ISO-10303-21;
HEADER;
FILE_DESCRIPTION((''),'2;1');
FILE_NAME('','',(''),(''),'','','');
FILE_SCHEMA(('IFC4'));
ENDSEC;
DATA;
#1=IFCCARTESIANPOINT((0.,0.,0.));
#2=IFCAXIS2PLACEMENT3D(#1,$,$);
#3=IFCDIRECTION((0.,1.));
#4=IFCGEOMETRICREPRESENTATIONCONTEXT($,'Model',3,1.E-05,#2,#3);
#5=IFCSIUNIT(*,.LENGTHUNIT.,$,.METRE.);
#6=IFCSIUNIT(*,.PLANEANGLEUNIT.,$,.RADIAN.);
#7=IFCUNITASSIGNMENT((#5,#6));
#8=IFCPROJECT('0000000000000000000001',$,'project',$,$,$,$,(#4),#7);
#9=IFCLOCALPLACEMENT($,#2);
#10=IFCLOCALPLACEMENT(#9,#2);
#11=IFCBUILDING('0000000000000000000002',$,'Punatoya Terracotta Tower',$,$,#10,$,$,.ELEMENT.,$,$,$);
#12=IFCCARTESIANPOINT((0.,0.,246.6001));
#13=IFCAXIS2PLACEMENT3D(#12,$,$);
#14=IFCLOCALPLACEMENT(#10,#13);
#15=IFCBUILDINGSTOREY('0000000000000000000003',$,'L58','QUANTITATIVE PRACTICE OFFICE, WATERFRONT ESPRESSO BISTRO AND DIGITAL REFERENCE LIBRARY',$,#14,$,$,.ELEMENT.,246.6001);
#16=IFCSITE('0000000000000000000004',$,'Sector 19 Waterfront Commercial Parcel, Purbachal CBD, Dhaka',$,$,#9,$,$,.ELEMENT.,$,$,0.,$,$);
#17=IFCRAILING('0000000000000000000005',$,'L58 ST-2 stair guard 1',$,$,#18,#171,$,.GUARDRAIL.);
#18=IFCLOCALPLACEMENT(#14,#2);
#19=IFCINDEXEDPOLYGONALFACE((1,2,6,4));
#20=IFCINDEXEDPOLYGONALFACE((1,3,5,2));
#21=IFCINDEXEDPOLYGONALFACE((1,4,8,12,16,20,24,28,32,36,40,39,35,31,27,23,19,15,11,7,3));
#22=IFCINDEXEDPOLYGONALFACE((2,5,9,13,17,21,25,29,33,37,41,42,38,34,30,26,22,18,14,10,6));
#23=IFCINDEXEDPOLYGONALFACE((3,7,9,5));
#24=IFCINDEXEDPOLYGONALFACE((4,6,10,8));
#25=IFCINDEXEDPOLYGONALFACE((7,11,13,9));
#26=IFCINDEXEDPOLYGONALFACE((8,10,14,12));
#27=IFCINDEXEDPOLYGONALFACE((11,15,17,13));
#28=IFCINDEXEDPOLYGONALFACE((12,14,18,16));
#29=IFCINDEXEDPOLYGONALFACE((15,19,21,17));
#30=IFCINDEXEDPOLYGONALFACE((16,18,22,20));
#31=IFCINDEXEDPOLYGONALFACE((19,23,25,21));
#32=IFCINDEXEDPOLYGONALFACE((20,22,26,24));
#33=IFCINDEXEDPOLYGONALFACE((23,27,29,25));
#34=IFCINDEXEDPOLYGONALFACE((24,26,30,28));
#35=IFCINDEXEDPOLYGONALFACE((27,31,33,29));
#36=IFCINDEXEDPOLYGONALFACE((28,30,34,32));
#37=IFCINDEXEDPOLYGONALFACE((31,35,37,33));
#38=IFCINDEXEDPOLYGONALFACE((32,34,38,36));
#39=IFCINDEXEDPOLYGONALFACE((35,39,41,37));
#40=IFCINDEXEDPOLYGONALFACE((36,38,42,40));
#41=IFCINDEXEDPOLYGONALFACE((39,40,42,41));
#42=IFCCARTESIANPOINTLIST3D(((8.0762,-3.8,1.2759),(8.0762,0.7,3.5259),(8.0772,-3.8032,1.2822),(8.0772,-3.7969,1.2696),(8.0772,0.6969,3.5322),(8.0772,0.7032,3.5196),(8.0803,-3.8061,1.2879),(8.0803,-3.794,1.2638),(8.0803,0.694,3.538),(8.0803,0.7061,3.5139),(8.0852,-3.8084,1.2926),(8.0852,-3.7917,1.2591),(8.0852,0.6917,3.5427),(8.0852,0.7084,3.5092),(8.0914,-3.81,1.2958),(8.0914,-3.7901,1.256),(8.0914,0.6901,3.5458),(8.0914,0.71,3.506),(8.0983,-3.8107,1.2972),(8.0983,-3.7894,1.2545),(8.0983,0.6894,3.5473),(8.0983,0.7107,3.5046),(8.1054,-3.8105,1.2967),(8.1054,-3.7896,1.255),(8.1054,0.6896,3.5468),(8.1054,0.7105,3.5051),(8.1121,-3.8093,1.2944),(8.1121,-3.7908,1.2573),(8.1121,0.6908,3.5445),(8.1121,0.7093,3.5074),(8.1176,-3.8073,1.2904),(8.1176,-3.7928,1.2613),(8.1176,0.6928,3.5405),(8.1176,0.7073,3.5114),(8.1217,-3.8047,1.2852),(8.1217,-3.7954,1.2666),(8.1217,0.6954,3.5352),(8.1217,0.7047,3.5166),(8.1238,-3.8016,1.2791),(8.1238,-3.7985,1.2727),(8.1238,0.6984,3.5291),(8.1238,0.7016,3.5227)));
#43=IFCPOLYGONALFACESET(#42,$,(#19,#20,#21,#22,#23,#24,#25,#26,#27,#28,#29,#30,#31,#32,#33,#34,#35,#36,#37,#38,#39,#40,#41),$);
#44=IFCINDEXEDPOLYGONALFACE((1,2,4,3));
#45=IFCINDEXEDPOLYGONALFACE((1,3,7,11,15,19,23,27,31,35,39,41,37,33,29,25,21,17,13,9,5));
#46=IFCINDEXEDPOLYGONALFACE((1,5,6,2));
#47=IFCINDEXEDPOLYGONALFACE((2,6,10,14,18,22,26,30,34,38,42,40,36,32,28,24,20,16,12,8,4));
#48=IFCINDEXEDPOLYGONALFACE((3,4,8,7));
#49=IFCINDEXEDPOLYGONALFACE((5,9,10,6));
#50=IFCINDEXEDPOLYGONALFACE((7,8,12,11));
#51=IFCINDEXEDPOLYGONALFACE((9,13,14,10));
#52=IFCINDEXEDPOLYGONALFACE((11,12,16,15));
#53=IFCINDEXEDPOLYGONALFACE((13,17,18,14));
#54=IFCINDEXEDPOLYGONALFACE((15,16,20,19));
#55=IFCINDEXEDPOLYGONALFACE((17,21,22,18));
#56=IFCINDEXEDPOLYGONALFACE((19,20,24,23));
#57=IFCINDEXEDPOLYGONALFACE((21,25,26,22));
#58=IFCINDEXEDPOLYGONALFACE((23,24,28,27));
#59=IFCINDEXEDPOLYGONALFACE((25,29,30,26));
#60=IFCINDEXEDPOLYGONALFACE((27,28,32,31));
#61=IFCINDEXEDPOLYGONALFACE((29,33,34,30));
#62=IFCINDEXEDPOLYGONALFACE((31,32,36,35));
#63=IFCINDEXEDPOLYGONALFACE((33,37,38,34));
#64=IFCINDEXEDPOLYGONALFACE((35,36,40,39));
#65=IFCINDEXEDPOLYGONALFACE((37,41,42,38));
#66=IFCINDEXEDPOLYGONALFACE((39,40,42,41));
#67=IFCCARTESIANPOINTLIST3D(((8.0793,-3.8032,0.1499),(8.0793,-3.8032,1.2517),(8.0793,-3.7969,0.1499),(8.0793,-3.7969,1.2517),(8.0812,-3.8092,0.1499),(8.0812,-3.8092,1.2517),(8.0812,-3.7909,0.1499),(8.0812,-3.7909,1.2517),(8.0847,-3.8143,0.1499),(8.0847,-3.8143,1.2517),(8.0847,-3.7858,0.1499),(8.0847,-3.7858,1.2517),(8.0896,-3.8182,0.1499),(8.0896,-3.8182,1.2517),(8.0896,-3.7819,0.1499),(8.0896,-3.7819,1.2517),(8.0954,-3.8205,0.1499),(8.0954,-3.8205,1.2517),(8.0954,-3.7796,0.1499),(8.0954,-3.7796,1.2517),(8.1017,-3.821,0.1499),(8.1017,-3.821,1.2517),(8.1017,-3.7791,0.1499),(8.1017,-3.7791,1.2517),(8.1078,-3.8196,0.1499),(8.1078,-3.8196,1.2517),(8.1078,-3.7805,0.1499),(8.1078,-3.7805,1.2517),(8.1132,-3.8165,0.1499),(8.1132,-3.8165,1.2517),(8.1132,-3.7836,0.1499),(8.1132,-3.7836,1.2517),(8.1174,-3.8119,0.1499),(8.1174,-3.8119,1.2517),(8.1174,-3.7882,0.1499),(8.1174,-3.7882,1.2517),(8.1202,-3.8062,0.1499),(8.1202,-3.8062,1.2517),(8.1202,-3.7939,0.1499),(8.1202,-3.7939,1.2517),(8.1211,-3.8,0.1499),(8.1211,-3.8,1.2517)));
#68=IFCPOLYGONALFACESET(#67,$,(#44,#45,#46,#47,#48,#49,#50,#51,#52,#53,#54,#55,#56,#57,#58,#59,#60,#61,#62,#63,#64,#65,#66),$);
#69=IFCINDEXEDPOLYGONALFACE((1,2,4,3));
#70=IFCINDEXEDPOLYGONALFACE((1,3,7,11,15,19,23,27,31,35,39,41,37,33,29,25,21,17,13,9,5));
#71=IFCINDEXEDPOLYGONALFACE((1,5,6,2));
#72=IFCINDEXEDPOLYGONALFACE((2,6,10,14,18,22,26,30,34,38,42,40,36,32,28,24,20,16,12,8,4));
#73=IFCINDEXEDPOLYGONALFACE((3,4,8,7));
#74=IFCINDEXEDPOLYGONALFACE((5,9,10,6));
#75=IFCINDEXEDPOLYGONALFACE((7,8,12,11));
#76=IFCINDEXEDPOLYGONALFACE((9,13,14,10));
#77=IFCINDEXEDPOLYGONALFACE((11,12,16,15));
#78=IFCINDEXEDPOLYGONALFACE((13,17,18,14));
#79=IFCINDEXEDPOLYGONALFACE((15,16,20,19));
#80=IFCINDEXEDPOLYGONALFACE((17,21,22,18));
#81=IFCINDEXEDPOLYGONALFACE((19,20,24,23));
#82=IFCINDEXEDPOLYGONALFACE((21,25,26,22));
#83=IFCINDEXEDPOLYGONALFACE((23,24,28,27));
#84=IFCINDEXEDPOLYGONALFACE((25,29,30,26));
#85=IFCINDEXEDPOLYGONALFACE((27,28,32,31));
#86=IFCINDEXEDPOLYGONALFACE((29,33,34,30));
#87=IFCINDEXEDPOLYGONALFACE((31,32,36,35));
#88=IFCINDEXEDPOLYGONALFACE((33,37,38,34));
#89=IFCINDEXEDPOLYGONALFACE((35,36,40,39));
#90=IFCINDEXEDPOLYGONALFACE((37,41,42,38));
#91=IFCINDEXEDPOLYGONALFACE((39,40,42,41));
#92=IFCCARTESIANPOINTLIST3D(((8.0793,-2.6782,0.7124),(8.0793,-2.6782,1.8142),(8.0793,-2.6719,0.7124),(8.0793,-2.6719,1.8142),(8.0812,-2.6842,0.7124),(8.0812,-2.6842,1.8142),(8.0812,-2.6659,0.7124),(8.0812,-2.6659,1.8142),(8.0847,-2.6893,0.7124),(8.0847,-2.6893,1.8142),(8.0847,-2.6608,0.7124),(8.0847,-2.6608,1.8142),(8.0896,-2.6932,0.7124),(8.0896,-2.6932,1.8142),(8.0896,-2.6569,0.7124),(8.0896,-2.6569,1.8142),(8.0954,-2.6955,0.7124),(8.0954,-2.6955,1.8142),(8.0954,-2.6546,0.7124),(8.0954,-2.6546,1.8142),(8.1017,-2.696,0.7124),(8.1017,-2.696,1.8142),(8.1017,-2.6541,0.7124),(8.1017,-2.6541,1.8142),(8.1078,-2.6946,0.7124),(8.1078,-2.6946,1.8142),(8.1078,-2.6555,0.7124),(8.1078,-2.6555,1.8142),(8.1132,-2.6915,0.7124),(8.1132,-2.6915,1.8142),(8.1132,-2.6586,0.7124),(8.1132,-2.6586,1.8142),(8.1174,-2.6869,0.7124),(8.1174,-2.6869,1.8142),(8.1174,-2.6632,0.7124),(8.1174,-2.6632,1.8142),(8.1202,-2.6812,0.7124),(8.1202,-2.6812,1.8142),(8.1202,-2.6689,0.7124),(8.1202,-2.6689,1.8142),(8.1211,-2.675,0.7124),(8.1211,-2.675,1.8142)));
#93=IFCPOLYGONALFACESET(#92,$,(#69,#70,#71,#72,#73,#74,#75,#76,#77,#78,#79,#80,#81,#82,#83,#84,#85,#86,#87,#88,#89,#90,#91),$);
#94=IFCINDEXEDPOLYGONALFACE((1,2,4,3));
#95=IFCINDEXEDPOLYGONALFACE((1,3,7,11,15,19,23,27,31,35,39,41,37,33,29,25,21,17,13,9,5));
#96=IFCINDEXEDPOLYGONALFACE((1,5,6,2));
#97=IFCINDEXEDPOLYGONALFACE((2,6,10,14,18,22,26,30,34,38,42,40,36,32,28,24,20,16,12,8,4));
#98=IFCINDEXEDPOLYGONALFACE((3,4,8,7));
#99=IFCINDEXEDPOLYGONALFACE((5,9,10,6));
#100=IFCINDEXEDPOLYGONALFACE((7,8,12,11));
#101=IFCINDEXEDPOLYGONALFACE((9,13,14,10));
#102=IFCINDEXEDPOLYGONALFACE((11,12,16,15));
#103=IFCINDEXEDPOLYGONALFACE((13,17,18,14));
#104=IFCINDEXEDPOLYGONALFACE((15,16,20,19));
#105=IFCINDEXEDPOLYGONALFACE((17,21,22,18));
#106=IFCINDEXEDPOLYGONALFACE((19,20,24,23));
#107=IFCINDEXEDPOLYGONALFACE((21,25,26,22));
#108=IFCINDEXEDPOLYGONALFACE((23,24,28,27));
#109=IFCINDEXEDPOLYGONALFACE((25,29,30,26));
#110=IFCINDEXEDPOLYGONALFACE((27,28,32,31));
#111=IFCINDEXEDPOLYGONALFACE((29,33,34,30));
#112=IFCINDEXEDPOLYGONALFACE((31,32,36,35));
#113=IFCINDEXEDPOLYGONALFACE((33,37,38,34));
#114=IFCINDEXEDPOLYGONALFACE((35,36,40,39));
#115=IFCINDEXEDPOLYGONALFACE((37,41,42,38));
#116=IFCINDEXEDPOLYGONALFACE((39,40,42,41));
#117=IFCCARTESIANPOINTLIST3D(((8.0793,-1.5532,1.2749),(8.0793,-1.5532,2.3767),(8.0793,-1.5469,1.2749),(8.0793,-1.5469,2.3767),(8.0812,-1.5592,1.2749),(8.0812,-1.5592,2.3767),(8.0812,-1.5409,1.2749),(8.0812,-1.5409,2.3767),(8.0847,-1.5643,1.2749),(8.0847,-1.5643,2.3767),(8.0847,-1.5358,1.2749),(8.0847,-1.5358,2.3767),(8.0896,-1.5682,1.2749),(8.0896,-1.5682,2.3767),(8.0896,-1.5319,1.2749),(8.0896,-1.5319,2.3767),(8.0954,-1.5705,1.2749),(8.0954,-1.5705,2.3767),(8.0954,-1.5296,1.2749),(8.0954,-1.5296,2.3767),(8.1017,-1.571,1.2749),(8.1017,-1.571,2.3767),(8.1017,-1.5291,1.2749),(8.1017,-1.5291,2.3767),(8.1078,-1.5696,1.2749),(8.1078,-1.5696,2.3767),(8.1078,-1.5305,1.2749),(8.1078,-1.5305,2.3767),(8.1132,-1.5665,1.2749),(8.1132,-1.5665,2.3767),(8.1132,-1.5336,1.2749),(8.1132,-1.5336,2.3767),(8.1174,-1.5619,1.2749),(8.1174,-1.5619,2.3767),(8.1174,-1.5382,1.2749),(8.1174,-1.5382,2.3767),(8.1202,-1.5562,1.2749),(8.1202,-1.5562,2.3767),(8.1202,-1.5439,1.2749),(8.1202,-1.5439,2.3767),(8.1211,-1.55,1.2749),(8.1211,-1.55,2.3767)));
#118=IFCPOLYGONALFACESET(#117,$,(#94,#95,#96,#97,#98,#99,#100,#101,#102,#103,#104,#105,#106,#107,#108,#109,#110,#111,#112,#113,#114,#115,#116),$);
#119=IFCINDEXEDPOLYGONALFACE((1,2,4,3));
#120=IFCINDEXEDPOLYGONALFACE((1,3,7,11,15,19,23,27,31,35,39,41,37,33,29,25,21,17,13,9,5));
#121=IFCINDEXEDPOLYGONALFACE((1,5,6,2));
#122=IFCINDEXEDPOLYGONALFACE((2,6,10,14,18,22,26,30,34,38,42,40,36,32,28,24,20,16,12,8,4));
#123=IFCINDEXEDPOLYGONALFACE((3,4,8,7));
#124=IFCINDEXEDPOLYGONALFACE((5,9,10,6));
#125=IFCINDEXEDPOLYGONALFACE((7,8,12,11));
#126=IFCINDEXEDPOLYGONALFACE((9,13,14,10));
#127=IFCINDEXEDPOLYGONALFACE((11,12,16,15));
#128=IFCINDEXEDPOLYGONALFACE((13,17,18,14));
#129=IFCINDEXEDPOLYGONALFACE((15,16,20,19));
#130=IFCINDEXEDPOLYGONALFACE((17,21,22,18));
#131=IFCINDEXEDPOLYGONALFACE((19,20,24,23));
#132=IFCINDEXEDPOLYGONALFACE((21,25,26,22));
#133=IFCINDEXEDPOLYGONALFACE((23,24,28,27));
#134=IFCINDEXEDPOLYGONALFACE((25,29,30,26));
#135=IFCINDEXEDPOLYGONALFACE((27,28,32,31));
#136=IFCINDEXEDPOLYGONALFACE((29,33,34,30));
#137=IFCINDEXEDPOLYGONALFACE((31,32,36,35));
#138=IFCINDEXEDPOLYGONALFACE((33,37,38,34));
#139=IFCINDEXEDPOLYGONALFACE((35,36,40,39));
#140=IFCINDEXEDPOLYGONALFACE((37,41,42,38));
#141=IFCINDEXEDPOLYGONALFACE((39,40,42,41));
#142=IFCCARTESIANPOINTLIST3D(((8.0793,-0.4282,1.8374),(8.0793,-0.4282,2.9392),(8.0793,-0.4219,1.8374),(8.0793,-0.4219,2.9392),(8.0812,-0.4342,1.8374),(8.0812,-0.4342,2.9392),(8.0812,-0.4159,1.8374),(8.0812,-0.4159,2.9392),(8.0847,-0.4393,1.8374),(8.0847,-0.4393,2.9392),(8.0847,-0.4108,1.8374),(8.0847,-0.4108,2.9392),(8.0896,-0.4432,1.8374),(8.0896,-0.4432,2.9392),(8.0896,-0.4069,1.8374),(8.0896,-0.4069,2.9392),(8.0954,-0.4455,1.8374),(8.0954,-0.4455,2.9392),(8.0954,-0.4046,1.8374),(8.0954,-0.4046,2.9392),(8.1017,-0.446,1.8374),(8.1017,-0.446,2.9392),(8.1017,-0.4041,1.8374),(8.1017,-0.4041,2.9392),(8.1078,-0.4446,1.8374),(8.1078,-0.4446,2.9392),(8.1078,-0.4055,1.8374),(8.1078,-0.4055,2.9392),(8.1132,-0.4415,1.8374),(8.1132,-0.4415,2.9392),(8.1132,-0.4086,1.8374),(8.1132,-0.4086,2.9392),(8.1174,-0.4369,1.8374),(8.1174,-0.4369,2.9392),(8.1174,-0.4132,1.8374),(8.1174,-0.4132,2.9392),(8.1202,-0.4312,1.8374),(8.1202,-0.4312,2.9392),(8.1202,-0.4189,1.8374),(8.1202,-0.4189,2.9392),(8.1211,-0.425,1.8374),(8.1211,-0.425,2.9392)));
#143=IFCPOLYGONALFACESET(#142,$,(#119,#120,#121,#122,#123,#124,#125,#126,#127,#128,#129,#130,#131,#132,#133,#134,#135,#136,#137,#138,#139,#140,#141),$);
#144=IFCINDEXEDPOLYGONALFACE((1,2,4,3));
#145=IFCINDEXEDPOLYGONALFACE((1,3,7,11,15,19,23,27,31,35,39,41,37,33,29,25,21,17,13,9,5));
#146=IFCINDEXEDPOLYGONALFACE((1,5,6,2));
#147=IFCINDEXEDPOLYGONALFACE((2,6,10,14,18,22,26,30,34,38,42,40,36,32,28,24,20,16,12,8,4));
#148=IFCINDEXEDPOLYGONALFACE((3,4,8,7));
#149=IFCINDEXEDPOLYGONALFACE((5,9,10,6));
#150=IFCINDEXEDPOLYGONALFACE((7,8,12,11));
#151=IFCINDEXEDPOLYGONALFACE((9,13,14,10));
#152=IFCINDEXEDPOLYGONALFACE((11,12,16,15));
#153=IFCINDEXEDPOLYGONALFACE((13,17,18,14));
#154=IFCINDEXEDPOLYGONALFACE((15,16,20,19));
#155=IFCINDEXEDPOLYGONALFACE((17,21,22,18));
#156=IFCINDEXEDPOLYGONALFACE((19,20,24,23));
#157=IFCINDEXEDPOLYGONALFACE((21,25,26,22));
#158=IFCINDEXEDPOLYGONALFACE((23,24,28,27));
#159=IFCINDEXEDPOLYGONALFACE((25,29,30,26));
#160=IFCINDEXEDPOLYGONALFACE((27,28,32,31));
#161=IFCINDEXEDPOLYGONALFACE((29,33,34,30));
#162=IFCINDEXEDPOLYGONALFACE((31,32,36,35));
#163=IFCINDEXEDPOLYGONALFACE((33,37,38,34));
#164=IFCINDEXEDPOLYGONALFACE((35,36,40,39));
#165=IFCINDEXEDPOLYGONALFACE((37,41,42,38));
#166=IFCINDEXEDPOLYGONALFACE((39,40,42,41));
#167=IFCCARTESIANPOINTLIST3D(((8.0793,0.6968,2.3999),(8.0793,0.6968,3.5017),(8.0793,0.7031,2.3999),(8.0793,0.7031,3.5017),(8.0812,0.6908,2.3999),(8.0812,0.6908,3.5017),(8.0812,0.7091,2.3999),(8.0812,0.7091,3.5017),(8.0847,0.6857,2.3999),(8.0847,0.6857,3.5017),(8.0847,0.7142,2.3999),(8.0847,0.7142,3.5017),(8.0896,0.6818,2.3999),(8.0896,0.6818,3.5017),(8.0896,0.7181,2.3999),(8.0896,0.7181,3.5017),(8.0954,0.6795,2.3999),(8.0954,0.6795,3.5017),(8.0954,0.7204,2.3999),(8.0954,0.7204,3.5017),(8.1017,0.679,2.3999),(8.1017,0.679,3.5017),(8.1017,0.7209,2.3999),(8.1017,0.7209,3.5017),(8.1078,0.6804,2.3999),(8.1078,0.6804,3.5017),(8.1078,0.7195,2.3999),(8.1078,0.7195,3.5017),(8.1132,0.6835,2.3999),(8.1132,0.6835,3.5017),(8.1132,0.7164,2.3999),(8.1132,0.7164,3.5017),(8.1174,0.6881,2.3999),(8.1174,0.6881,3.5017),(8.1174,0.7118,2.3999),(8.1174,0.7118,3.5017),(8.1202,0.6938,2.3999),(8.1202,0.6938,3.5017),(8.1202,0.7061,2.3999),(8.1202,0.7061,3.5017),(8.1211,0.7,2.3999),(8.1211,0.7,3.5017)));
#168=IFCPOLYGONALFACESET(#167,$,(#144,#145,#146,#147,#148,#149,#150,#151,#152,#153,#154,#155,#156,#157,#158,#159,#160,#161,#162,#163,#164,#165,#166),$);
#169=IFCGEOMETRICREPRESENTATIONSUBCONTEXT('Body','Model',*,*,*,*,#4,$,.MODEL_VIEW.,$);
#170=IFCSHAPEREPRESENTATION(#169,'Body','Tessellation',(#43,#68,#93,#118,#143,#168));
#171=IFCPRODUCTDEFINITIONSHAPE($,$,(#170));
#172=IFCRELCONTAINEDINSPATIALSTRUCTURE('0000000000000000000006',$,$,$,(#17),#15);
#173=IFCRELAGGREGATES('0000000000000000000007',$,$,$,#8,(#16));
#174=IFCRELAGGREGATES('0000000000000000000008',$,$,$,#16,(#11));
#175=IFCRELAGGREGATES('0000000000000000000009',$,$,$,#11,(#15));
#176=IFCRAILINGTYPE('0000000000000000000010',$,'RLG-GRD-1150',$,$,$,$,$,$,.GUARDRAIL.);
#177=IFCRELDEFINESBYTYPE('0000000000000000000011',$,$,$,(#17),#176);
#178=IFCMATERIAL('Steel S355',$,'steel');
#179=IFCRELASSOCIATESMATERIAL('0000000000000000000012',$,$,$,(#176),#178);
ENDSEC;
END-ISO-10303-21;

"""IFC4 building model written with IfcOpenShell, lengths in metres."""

from ifc_helpers import new_model, si_unit, direction, frame, origin, origin_2d, place, context, subcontext, project, spatial, circle, extrude, material, type_object, element, save


model = new_model("IFC4")

# Units and contexts
model_context = context("Model", 3, precision=1e-05, world=origin(), true_north=direction((0.0, 1.0)))
body_context = subcontext(model_context, "Body", "Model", "MODEL_VIEW")
ifc_project = project(units=[si_unit("LENGTHUNIT", "METRE"), si_unit("PLANEANGLEUNIT", "RADIAN")], contexts=[model_context])

# Site, building, storey
site_placement = place(None, origin())
site = spatial("IfcSite", under=ifc_project, at=site_placement, Name="Sector 19 Waterfront Commercial Parcel, Purbachal CBD, Dhaka", CompositionType="ELEMENT", RefElevation=0.0)
building_placement = place(site_placement, origin())
building = spatial("IfcBuilding", under=site, at=building_placement, Name="Punatoya Terracotta Tower", CompositionType="ELEMENT")
storey_placement = place(building_placement, frame((0.0, 0.0, 246.6001)))
storey = spatial("IfcBuildingStorey", under=building, at=storey_placement, Name="L58", Description="QUANTITATIVE PRACTICE OFFICE, WATERFRONT ESPRESSO BISTRO AND DIGITAL REFERENCE LIBRARY", CompositionType="ELEMENT", Elevation=246.6001)

# Shared definitions
ifc_material_1 = material(Name="Steel S355", Category="steel")

# Railing
railing_type_1 = type_object("IfcRailingType", Name="RLG-GRD-1150", PredefinedType="GUARDRAIL", material=ifc_material_1)
railing_1_placement = place(storey_placement, frame((8.1001, -3.8, 0.1499)))
element("IfcRailing", 1, at=railing_1_placement, inside=storey, type_object=railing_type_1, Name="L58 ST-2 stair guard 1", PredefinedType="GUARDRAIL", context=body_context, shape_type="SweptSolid", body=[
    extrude(circle(Radius=0.0239, at=origin_2d()), frame((0.0, 0.0, 1.126), z_axis=(0.0, 0.894427, 0.447214), x_axis=(-1.0, 0.0, 0.0)), (0.0, 0.0, 1.0), 5.0312),
    extrude(circle(Radius=0.021, at=origin_2d()), origin(), (0.0, 0.0, 1.0), 1.1018),
    extrude(circle(Radius=0.021, at=origin_2d()), frame((0.0, 1.125, 0.5625)), (0.0, 0.0, 1.0), 1.1018),
    extrude(circle(Radius=0.021, at=origin_2d()), frame((0.0, 2.25, 1.125)), (0.0, 0.0, 1.0), 1.1018),
    extrude(circle(Radius=0.021, at=origin_2d()), frame((0.0, 3.375, 1.6875)), (0.0, 0.0, 1.0), 1.1018),
    extrude(circle(Radius=0.021, at=origin_2d()), frame((0.0, 4.5, 2.25)), (0.0, 0.0, 1.0), 1.1018),
])

save(model, "model.ifc")
